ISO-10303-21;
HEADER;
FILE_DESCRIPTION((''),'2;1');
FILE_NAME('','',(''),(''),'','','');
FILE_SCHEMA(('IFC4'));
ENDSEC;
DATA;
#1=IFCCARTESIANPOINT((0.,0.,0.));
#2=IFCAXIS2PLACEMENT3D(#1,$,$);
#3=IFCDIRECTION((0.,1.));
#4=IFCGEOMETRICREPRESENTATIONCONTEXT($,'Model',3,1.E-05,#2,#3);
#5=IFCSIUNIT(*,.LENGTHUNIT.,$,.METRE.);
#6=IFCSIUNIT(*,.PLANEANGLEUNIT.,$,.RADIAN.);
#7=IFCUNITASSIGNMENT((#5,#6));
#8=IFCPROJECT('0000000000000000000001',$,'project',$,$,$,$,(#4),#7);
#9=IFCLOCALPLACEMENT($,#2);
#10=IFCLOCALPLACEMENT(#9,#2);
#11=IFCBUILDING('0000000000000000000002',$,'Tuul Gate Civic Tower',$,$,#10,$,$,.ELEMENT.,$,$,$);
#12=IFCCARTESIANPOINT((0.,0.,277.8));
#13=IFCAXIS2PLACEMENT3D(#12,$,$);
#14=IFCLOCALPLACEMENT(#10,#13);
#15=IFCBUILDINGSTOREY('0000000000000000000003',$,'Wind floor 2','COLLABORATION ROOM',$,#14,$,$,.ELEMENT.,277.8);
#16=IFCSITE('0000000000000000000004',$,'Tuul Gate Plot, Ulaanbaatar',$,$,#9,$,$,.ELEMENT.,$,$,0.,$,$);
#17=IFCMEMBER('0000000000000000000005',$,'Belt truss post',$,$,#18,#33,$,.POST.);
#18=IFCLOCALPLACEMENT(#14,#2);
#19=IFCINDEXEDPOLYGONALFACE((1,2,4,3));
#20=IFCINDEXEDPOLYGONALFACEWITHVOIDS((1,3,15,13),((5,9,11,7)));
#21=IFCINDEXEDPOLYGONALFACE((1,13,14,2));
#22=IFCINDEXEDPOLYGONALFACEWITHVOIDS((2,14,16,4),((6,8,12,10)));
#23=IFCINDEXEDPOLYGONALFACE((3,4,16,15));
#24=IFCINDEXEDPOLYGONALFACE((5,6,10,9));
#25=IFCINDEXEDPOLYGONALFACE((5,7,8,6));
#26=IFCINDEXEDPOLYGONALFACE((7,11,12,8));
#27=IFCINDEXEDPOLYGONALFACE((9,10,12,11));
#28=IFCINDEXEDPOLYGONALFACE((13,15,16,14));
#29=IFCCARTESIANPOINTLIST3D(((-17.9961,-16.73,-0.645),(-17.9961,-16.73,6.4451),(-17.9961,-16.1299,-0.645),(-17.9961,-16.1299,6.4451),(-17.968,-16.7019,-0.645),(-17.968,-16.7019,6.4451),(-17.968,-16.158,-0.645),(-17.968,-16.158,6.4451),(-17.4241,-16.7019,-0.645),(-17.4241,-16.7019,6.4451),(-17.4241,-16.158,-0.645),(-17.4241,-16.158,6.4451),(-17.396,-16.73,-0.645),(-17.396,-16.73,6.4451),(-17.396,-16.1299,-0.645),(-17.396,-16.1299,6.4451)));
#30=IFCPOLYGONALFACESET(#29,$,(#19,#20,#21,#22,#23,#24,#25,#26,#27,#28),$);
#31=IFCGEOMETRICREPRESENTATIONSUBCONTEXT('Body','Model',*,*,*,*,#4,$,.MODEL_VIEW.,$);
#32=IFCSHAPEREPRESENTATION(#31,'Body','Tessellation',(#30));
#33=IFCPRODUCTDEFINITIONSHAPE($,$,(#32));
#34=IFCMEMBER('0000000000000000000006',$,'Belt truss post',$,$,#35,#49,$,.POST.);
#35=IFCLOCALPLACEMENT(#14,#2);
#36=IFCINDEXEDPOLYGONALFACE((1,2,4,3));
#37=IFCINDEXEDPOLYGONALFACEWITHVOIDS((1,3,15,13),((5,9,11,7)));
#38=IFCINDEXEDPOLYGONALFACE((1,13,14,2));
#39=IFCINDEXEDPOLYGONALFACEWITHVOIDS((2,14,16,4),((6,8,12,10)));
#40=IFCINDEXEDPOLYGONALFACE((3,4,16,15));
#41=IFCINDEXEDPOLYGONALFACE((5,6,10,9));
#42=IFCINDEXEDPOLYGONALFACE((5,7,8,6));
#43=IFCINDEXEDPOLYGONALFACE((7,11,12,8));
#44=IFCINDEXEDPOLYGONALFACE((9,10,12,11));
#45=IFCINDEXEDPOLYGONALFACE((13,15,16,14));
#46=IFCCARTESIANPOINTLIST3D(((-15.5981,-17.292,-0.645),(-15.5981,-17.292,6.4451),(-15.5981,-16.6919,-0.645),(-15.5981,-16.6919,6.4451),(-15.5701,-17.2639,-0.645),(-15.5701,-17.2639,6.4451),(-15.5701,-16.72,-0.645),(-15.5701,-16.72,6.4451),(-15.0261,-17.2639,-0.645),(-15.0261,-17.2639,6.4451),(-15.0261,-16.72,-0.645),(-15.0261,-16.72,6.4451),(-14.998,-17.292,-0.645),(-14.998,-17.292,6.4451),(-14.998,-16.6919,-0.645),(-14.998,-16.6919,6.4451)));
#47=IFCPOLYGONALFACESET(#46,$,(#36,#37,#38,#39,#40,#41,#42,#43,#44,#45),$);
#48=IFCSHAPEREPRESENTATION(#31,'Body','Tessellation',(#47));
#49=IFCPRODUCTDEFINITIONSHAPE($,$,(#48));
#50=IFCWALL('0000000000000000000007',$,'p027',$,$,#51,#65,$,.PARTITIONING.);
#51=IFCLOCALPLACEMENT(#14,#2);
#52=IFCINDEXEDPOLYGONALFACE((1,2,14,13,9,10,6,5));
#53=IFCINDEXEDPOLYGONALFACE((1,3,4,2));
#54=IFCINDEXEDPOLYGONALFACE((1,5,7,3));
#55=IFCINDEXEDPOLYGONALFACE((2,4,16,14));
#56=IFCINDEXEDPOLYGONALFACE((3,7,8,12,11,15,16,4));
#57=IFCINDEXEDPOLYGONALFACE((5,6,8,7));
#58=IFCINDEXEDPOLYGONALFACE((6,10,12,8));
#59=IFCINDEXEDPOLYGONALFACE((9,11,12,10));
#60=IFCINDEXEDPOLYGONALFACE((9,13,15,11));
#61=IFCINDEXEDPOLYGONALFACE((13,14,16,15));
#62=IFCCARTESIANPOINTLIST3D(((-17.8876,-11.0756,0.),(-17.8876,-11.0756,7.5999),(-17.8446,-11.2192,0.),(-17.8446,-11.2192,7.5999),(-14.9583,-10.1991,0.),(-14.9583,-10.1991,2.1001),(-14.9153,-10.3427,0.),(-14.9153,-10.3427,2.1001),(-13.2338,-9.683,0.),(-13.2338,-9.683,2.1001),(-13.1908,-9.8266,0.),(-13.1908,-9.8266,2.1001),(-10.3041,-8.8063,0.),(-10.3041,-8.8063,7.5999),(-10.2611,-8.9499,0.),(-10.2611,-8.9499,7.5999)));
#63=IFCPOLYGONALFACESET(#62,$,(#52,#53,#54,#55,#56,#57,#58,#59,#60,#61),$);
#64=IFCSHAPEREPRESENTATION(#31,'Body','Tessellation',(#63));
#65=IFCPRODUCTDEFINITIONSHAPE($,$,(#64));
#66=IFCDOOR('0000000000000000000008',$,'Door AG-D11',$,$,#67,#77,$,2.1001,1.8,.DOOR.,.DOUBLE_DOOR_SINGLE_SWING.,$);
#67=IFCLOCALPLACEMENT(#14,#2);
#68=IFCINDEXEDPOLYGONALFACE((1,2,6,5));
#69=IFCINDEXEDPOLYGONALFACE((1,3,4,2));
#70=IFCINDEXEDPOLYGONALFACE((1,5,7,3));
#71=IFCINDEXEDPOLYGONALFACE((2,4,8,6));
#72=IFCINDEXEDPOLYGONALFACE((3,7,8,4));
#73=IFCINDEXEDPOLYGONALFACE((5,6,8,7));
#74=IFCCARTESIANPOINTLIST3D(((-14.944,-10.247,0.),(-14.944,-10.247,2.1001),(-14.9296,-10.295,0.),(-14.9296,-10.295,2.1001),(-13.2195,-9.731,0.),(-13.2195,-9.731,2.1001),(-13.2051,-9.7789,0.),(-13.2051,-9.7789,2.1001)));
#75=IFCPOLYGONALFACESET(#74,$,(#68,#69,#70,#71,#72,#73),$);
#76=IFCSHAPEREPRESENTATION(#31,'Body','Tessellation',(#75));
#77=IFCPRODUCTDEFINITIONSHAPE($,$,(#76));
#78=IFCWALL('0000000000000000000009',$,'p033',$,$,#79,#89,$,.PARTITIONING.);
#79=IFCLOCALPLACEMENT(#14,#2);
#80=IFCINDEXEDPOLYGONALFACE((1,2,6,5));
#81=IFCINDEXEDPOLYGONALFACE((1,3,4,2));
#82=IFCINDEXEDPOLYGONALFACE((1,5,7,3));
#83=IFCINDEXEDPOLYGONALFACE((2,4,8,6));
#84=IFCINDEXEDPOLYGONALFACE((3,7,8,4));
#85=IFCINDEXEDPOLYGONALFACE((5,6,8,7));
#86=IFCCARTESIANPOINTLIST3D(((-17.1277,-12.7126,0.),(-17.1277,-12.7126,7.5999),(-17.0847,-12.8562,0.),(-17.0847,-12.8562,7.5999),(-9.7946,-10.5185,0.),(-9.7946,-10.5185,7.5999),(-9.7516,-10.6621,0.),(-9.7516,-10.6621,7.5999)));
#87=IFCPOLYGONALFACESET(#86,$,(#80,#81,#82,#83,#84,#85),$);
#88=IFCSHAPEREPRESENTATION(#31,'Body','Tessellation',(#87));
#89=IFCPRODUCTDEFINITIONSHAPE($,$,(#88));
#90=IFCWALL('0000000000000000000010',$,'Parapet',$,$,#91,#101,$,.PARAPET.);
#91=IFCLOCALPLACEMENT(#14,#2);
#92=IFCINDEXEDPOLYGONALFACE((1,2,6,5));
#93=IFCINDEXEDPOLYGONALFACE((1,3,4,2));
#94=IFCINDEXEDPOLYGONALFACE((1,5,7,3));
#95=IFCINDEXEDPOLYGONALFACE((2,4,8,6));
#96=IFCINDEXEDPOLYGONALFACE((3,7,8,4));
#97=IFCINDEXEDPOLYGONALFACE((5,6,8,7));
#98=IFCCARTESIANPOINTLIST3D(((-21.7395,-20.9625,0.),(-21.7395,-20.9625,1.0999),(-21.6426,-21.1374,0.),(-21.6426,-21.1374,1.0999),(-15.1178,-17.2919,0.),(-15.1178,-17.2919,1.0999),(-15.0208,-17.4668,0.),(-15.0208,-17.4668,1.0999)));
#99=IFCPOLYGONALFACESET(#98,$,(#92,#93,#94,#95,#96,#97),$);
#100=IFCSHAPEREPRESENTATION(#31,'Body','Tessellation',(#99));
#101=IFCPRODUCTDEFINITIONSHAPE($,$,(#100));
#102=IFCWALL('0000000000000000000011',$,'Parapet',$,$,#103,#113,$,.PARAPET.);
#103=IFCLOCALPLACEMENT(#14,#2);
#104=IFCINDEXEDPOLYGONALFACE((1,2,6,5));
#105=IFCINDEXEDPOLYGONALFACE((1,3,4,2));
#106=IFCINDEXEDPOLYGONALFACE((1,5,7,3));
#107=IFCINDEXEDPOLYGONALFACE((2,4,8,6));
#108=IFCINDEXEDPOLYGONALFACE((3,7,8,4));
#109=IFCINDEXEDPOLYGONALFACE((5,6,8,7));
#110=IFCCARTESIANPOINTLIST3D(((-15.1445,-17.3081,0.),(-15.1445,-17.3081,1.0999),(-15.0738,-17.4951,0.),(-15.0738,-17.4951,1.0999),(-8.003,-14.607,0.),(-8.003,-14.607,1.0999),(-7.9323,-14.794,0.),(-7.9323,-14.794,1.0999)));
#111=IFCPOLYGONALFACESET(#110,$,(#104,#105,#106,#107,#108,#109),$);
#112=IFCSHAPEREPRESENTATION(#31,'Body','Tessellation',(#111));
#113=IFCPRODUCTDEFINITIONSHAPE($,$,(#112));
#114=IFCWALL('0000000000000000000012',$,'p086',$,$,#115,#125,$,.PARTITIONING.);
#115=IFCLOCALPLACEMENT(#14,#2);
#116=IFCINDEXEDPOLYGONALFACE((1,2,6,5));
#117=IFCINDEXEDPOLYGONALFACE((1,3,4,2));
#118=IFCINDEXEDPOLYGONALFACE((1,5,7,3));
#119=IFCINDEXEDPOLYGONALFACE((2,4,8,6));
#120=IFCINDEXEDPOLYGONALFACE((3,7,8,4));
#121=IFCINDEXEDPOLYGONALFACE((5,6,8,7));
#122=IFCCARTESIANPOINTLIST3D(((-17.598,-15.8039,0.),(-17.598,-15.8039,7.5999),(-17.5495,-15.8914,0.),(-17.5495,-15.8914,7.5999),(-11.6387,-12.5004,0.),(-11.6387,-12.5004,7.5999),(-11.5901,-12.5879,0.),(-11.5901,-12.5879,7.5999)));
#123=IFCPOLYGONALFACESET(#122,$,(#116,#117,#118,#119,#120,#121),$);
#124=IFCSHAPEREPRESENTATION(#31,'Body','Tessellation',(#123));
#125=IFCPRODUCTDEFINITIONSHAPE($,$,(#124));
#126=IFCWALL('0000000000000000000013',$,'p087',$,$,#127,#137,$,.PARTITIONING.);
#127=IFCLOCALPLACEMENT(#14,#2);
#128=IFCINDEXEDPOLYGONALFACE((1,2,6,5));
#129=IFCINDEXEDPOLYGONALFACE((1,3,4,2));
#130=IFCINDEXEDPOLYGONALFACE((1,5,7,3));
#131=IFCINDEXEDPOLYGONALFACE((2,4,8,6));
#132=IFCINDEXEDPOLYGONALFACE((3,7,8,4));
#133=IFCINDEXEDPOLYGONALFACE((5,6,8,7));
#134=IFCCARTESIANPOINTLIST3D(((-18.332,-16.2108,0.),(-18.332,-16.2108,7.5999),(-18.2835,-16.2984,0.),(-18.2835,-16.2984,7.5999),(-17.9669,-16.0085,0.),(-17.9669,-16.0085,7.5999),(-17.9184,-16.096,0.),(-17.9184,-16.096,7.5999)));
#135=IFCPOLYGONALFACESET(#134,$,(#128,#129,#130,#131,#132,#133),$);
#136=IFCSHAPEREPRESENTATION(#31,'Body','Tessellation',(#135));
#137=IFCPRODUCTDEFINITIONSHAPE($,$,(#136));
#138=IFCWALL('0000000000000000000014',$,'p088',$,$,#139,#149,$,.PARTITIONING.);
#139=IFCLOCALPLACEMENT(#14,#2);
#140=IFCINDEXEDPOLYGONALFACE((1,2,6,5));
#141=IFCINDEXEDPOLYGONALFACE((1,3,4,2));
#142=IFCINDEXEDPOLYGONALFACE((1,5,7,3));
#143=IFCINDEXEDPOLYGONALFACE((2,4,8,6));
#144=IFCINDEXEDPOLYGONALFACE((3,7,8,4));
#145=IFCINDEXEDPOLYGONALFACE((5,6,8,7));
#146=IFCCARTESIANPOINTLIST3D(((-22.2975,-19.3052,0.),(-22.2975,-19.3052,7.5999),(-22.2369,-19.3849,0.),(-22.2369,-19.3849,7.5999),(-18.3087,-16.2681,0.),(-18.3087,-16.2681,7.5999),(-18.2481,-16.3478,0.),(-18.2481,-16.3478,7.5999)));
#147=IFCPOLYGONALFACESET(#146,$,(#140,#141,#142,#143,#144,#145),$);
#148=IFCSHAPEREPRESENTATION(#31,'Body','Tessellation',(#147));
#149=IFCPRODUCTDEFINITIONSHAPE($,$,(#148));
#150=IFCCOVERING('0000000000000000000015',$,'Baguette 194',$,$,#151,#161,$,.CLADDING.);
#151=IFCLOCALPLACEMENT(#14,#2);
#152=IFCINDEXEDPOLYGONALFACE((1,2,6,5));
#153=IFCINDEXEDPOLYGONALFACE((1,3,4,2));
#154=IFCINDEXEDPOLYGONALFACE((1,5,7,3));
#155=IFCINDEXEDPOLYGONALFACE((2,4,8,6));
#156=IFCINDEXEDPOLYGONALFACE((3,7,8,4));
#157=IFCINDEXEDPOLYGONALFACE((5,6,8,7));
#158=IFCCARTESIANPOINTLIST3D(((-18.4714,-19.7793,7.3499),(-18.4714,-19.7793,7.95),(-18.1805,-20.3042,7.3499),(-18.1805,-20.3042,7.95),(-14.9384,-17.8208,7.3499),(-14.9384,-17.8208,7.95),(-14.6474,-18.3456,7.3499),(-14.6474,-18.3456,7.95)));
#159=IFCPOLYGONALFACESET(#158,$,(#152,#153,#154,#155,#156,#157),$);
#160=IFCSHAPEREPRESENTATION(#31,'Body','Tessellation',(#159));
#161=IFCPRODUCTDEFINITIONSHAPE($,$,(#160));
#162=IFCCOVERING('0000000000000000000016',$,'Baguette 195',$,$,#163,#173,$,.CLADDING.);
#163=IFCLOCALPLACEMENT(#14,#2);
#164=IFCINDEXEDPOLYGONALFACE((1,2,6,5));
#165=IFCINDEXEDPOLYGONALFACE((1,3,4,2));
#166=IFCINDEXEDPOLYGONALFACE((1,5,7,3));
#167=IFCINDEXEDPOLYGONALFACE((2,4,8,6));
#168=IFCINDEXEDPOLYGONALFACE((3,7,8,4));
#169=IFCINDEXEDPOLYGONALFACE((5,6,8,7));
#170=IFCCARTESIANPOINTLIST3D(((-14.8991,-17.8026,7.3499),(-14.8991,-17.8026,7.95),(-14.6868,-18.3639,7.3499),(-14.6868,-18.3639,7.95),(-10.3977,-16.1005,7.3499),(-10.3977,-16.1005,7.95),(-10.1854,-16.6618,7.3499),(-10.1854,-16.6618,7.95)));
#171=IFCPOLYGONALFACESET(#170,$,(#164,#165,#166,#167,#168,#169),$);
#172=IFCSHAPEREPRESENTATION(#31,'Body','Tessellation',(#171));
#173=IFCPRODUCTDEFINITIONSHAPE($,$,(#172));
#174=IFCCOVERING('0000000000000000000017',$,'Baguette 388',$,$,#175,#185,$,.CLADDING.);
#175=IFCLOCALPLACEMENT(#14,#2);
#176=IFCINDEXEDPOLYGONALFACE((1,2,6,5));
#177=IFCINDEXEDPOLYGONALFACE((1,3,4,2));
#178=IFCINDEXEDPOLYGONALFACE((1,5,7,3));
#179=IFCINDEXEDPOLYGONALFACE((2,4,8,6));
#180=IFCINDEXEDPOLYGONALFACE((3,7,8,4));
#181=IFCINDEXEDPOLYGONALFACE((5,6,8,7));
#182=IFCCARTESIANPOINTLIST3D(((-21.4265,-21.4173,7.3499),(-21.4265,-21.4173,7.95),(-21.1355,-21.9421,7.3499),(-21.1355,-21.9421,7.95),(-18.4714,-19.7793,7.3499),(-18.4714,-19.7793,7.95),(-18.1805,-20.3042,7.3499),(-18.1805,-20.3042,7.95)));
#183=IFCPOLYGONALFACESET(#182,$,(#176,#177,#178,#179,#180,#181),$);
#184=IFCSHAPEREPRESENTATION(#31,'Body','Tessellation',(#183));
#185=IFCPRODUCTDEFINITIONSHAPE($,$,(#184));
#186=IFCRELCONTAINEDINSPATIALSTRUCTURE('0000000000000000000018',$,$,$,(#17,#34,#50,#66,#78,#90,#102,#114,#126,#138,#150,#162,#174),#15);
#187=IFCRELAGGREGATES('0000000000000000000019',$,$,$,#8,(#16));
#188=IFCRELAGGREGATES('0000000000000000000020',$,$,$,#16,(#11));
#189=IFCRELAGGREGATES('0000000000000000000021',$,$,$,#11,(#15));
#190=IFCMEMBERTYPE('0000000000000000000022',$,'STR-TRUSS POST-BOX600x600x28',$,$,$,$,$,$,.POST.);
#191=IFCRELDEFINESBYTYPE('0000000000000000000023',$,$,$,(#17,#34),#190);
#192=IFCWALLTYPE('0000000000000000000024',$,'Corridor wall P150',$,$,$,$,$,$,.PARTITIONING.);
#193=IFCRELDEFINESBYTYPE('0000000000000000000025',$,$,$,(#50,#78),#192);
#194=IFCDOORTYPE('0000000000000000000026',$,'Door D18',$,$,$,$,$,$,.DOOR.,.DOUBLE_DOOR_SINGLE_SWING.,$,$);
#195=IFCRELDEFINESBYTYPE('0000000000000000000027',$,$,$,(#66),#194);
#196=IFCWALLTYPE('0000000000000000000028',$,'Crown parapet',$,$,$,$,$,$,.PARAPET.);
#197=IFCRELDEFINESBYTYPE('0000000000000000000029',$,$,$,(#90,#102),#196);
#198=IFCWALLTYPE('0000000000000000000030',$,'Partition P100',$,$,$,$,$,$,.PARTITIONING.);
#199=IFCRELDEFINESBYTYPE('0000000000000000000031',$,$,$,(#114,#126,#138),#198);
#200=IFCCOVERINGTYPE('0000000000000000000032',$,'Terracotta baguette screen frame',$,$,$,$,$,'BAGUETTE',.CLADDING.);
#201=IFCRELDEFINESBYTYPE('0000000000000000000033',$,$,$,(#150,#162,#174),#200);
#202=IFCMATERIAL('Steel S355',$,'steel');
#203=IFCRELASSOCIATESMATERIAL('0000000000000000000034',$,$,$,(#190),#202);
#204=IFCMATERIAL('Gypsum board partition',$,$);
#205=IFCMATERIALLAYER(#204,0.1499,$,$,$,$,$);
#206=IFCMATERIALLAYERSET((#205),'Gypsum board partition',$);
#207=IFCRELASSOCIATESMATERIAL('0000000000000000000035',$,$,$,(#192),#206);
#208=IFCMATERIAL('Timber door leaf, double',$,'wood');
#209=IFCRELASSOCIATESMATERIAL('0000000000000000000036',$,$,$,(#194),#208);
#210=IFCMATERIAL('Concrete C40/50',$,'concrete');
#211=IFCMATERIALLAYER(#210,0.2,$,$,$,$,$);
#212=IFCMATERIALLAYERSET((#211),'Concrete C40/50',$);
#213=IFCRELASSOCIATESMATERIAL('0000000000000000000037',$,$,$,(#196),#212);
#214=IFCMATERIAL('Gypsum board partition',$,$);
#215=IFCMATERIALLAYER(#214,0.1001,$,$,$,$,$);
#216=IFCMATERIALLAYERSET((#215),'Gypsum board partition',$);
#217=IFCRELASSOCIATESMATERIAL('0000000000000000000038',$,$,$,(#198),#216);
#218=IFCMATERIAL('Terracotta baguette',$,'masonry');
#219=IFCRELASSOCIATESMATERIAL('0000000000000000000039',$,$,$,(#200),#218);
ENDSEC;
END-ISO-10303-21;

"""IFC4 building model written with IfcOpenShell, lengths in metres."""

from ifc_helpers import new_model, si_unit, direction, frame, frame_2d, origin, origin_2d, place, context, subcontext, project, spatial, rectangle, hollow_rectangle, extrude, material, layer, layer_set, material_profile, profile_set, type_object, element, fill, save


model = new_model("IFC4")

# Units and contexts
model_context = context("Model", 3, precision=1e-05, world=origin(), true_north=direction((0.0, 1.0)))
body_context = subcontext(model_context, "Body", "Model", "MODEL_VIEW")
ifc_project = project(units=[si_unit("LENGTHUNIT", "METRE"), si_unit("PLANEANGLEUNIT", "RADIAN")], contexts=[model_context])

# Site, building, storey
site_placement = place(None, origin())
site = spatial("IfcSite", under=ifc_project, at=site_placement, Name="Tuul Gate Plot, Ulaanbaatar", CompositionType="ELEMENT", RefElevation=0.0)
building_placement = place(site_placement, origin())
building = spatial("IfcBuilding", under=site, at=building_placement, Name="Tuul Gate Civic Tower", CompositionType="ELEMENT")
storey_placement = place(building_placement, frame((0.0, 0.0, 277.8)))
storey = spatial("IfcBuildingStorey", under=building, at=storey_placement, Name="Wind floor 2", Description="COLLABORATION ROOM", CompositionType="ELEMENT", Elevation=277.8)

# Members
ifc_material_1 = material(Name="Steel S355", Category="steel")
ifc_material_profile_1 = material_profile(ifc_material_1, hollow_rectangle(XDim=0.6001, YDim=0.6001, WallThickness=0.0281, at=origin_2d()), Name="BOX600x600x28")
ifc_profile_set_1 = profile_set([ifc_material_profile_1], Name="Steel S355")
member_type_1 = type_object("IfcMemberType", Name="STR-TRUSS POST-BOX600x600x28", PredefinedType="POST", material=ifc_profile_set_1)
for number, where, z_axis, x_axis, name in (
    (1, (-17.696, -16.4299, -0.645), (0.0, 0.0, 1.0), (1.0, 0.0, 0.0), "Belt truss post"),
    (2, (-15.2981, -16.9919, -0.645), (0.0, 0.0, 1.0), (1.0, 0.0, 0.0), "Belt truss post"),
):
    element("IfcMember", number, at=place(storey_placement, frame(where, z_axis=z_axis, x_axis=x_axis)), inside=storey, type_object=member_type_1, Name=name, PredefinedType="POST", context=body_context, shape_type="SweptSolid", body=[
        extrude(hollow_rectangle(XDim=0.6001, YDim=0.6001, WallThickness=0.0281, at=origin_2d()), origin(), (0.0, 0.0, 1.0), 7.0901),
    ])

# Wall, opening, door
ifc_material_2 = material(Name="Gypsum board partition")
ifc_layer_1 = layer(ifc_material_2, 0.1499)
ifc_layer_set_1 = layer_set([ifc_layer_1], Name="Gypsum board partition")
wall_type_1 = type_object("IfcWallType", Name="Corridor wall P150", PredefinedType="PARTITIONING", material=ifc_layer_set_1)
wall_1_placement = place(storey_placement, frame((-17.8662, -11.1475, 0.0), z_axis=(0.0, 0.0, 1.0), x_axis=(0.958026, 0.28668, 0.0)))
wall_1 = element("IfcWall", 3, at=wall_1_placement, inside=storey, type_object=wall_type_1, Name="p027", PredefinedType="PARTITIONING", context=body_context, shape_type="SweptSolid", body=[
    extrude(rectangle(XDim=7.9158, YDim=0.1499, at=frame_2d((3.958, 0.0))), origin(), (0.0, 0.0, 1.0), 7.5999),
])
opening_placement = place(wall_1_placement, frame((3.0579, 0.0, 0.0)))
opening = element("IfcOpeningElement", 4, at=opening_placement, cuts=wall_1, PredefinedType="OPENING", context=body_context, shape_type="SweptSolid", body=[
    extrude(rectangle(XDim=1.8, YDim=2.1001, at=frame_2d((0.8999, 1.05))), frame((0.0, 0.085, 0.0), z_axis=(0.0, -1.0, 0.0), x_axis=(1.0, 0.0, 0.0)), (0.0, 0.0, 1.0), 0.1699),
])
ifc_material_3 = material(Name="Timber door leaf, double", Category="wood")
door_type = type_object("IfcDoorType", Name="Door D18", OperationType="DOUBLE_DOOR_SINGLE_SWING", PredefinedType="DOOR", material=ifc_material_3)
door_placement = place(opening_placement, origin())
door = element("IfcDoor", 5, at=door_placement, inside=storey, type_object=door_type, Name="Door AG-D11", OperationType="DOUBLE_DOOR_SINGLE_SWING", OverallHeight=2.1001, OverallWidth=1.8, PredefinedType="DOOR", context=body_context, shape_type="SweptSolid", body=[
    extrude(rectangle(XDim=1.8, YDim=2.1001, at=frame_2d((0.8999, 1.05))), frame((0.0, 0.0249, 0.0), z_axis=(0.0, -1.0, 0.0), x_axis=(1.0, 0.0, 0.0)), (0.0, 0.0, 1.0), 0.05),
])
fill(opening, door)

# Walls
wall_2_placement = place(storey_placement, frame((-17.1062, -12.7844, 0.0), z_axis=(0.0, 0.0, 1.0), x_axis=(0.958035, 0.286651, 0.0)))
element("IfcWall", 6, at=wall_2_placement, inside=storey, type_object=wall_type_1, Name="p033", PredefinedType="PARTITIONING", context=body_context, shape_type="SweptSolid", body=[
    extrude(rectangle(XDim=7.6543, YDim=0.1499, at=frame_2d((3.8271, 0.0))), origin(), (0.0, 0.0, 1.0), 7.5999),
])
ifc_material_4 = material(Name="Concrete C40/50", Category="concrete")
ifc_layer_2 = layer(ifc_material_4, 0.2)
ifc_layer_set_2 = layer_set([ifc_layer_2], Name="Concrete C40/50")
wall_type_2 = type_object("IfcWallType", Name="Crown parapet", PredefinedType="PARAPET", material=ifc_layer_set_2)
wall_3_placement = place(storey_placement, frame((-21.6912, -21.05, 0.0), z_axis=(0.0, 0.0, 1.0), x_axis=(0.874613, 0.484821, 0.0)))
element("IfcWall", 7, at=wall_3_placement, inside=storey, type_object=wall_type_2, Name="Parapet", PredefinedType="PARAPET", context=body_context, shape_type="SweptSolid", body=[
    extrude(rectangle(XDim=7.571, YDim=0.2, at=frame_2d((3.7856, 0.0))), origin(), (0.0, 0.0, 1.0), 1.0999),
])
wall_4_placement = place(storey_placement, frame((-15.1091, -17.4016, 0.0), z_axis=(0.0, 0.0, 1.0), x_axis=(0.935332, 0.353771, 0.0)))
element("IfcWall", 8, at=wall_4_placement, inside=storey, type_object=wall_type_2, Name="Parapet", PredefinedType="PARAPET", context=body_context, shape_type="SweptSolid", body=[
    extrude(rectangle(XDim=7.6353, YDim=0.2, at=frame_2d((3.8176, 0.0))), origin(), (0.0, 0.0, 1.0), 1.0999),
])
ifc_material_5 = material(Name="Gypsum board partition")
ifc_layer_3 = layer(ifc_material_5, 0.1001)
ifc_layer_set_3 = layer_set([ifc_layer_3], Name="Gypsum board partition")
wall_type_3 = type_object("IfcWallType", Name="Partition P100", PredefinedType="PARTITIONING", material=ifc_layer_set_3)
wall_5_placement = place(storey_placement, frame((-11.6145, -12.5442, 0.0), z_axis=(0.0, 0.0, 1.0), x_axis=(-0.874606, -0.484833, 0.0)))
element("IfcWall", 9, at=wall_5_placement, inside=storey, type_object=wall_type_3, Name="p086", PredefinedType="PARTITIONING", context=body_context, shape_type="SweptSolid", body=[
    extrude(rectangle(XDim=6.8137, YDim=0.1001, at=frame_2d((3.4067, 0.0))), origin(), (0.0, 0.0, 1.0), 7.5999),
])
wall_6_placement = place(storey_placement, frame((-17.9426, -16.0522, 0.0), z_axis=(0.0, 0.0, 1.0), x_axis=(-0.874681, -0.484699, 0.0)))
element("IfcWall", 10, at=wall_6_placement, inside=storey, type_object=wall_type_3, Name="p087", PredefinedType="PARTITIONING", context=body_context, shape_type="SweptSolid", body=[
    extrude(rectangle(XDim=0.4175, YDim=0.1001, at=frame_2d((0.2087, 0.0))), origin(), (0.0, 0.0, 1.0), 7.5999),
])
wall_7_placement = place(storey_placement, frame((-18.2783, -16.3079, 0.0), z_axis=(0.0, 0.0, 1.0), x_axis=(-0.795619, -0.605797, 0.0)))
element("IfcWall", 11, at=wall_7_placement, inside=storey, type_object=wall_type_3, Name="p088", PredefinedType="PARTITIONING", context=body_context, shape_type="SweptSolid", body=[
    extrude(rectangle(XDim=5.0134, YDim=0.1001, at=frame_2d((2.5068, 0.0))), origin(), (0.0, 0.0, 1.0), 7.5999),
])

# Coverings
ifc_material_6 = material(Name="Terracotta baguette", Category="masonry")
ifc_material_profile_2 = material_profile(ifc_material_6, rectangle(XDim=0.6001, YDim=0.6001, at=origin_2d()), Name="Terracotta baguette screen frame")
ifc_profile_set_2 = profile_set([ifc_material_profile_2], Name="Terracotta baguette")
covering_type = type_object("IfcCoveringType", Name="Terracotta baguette screen frame", ElementType="BAGUETTE", PredefinedType="CLADDING", material=ifc_profile_set_2)
covering_1_placement = place(storey_placement, frame((-18.3259, -20.0417, 7.6499), z_axis=(0.874604, 0.484837, 0.0), x_axis=(-0.484837, 0.874604, 0.0)))
element("IfcCovering", 12, at=covering_1_placement, inside=storey, type_object=covering_type, Name="Baguette 194", PredefinedType="CLADDING", context=body_context, shape_type="SweptSolid", body=[
    extrude(rectangle(XDim=0.6001, YDim=0.6001, at=origin_2d()), origin(), (0.0, 0.0, 1.0), 4.0396),
])
covering_2_placement = place(storey_placement, frame((-14.793, -18.0833, 7.6499), z_axis=(0.935362, 0.353691, 0.0), x_axis=(-0.353691, 0.935362, 0.0)))
element("IfcCovering", 13, at=covering_2_placement, inside=storey, type_object=covering_type, Name="Baguette 195", PredefinedType="CLADDING", context=body_context, shape_type="SweptSolid", body=[
    extrude(rectangle(XDim=0.6001, YDim=0.6001, at=origin_2d()), origin(), (0.0, 0.0, 1.0), 4.8125),
])
covering_3_placement = place(storey_placement, frame((-21.281, -21.6797, 7.6499), z_axis=(0.874631, 0.48479, 0.0), x_axis=(-0.48479, 0.874631, 0.0)))
element("IfcCovering", 14, at=covering_3_placement, inside=storey, type_object=covering_type, Name="Baguette 388", PredefinedType="CLADDING", context=body_context, shape_type="SweptSolid", body=[
    extrude(rectangle(XDim=0.6001, YDim=0.6001, at=origin_2d()), origin(), (0.0, 0.0, 1.0), 3.3787),
])

save(model, "model.ifc")
